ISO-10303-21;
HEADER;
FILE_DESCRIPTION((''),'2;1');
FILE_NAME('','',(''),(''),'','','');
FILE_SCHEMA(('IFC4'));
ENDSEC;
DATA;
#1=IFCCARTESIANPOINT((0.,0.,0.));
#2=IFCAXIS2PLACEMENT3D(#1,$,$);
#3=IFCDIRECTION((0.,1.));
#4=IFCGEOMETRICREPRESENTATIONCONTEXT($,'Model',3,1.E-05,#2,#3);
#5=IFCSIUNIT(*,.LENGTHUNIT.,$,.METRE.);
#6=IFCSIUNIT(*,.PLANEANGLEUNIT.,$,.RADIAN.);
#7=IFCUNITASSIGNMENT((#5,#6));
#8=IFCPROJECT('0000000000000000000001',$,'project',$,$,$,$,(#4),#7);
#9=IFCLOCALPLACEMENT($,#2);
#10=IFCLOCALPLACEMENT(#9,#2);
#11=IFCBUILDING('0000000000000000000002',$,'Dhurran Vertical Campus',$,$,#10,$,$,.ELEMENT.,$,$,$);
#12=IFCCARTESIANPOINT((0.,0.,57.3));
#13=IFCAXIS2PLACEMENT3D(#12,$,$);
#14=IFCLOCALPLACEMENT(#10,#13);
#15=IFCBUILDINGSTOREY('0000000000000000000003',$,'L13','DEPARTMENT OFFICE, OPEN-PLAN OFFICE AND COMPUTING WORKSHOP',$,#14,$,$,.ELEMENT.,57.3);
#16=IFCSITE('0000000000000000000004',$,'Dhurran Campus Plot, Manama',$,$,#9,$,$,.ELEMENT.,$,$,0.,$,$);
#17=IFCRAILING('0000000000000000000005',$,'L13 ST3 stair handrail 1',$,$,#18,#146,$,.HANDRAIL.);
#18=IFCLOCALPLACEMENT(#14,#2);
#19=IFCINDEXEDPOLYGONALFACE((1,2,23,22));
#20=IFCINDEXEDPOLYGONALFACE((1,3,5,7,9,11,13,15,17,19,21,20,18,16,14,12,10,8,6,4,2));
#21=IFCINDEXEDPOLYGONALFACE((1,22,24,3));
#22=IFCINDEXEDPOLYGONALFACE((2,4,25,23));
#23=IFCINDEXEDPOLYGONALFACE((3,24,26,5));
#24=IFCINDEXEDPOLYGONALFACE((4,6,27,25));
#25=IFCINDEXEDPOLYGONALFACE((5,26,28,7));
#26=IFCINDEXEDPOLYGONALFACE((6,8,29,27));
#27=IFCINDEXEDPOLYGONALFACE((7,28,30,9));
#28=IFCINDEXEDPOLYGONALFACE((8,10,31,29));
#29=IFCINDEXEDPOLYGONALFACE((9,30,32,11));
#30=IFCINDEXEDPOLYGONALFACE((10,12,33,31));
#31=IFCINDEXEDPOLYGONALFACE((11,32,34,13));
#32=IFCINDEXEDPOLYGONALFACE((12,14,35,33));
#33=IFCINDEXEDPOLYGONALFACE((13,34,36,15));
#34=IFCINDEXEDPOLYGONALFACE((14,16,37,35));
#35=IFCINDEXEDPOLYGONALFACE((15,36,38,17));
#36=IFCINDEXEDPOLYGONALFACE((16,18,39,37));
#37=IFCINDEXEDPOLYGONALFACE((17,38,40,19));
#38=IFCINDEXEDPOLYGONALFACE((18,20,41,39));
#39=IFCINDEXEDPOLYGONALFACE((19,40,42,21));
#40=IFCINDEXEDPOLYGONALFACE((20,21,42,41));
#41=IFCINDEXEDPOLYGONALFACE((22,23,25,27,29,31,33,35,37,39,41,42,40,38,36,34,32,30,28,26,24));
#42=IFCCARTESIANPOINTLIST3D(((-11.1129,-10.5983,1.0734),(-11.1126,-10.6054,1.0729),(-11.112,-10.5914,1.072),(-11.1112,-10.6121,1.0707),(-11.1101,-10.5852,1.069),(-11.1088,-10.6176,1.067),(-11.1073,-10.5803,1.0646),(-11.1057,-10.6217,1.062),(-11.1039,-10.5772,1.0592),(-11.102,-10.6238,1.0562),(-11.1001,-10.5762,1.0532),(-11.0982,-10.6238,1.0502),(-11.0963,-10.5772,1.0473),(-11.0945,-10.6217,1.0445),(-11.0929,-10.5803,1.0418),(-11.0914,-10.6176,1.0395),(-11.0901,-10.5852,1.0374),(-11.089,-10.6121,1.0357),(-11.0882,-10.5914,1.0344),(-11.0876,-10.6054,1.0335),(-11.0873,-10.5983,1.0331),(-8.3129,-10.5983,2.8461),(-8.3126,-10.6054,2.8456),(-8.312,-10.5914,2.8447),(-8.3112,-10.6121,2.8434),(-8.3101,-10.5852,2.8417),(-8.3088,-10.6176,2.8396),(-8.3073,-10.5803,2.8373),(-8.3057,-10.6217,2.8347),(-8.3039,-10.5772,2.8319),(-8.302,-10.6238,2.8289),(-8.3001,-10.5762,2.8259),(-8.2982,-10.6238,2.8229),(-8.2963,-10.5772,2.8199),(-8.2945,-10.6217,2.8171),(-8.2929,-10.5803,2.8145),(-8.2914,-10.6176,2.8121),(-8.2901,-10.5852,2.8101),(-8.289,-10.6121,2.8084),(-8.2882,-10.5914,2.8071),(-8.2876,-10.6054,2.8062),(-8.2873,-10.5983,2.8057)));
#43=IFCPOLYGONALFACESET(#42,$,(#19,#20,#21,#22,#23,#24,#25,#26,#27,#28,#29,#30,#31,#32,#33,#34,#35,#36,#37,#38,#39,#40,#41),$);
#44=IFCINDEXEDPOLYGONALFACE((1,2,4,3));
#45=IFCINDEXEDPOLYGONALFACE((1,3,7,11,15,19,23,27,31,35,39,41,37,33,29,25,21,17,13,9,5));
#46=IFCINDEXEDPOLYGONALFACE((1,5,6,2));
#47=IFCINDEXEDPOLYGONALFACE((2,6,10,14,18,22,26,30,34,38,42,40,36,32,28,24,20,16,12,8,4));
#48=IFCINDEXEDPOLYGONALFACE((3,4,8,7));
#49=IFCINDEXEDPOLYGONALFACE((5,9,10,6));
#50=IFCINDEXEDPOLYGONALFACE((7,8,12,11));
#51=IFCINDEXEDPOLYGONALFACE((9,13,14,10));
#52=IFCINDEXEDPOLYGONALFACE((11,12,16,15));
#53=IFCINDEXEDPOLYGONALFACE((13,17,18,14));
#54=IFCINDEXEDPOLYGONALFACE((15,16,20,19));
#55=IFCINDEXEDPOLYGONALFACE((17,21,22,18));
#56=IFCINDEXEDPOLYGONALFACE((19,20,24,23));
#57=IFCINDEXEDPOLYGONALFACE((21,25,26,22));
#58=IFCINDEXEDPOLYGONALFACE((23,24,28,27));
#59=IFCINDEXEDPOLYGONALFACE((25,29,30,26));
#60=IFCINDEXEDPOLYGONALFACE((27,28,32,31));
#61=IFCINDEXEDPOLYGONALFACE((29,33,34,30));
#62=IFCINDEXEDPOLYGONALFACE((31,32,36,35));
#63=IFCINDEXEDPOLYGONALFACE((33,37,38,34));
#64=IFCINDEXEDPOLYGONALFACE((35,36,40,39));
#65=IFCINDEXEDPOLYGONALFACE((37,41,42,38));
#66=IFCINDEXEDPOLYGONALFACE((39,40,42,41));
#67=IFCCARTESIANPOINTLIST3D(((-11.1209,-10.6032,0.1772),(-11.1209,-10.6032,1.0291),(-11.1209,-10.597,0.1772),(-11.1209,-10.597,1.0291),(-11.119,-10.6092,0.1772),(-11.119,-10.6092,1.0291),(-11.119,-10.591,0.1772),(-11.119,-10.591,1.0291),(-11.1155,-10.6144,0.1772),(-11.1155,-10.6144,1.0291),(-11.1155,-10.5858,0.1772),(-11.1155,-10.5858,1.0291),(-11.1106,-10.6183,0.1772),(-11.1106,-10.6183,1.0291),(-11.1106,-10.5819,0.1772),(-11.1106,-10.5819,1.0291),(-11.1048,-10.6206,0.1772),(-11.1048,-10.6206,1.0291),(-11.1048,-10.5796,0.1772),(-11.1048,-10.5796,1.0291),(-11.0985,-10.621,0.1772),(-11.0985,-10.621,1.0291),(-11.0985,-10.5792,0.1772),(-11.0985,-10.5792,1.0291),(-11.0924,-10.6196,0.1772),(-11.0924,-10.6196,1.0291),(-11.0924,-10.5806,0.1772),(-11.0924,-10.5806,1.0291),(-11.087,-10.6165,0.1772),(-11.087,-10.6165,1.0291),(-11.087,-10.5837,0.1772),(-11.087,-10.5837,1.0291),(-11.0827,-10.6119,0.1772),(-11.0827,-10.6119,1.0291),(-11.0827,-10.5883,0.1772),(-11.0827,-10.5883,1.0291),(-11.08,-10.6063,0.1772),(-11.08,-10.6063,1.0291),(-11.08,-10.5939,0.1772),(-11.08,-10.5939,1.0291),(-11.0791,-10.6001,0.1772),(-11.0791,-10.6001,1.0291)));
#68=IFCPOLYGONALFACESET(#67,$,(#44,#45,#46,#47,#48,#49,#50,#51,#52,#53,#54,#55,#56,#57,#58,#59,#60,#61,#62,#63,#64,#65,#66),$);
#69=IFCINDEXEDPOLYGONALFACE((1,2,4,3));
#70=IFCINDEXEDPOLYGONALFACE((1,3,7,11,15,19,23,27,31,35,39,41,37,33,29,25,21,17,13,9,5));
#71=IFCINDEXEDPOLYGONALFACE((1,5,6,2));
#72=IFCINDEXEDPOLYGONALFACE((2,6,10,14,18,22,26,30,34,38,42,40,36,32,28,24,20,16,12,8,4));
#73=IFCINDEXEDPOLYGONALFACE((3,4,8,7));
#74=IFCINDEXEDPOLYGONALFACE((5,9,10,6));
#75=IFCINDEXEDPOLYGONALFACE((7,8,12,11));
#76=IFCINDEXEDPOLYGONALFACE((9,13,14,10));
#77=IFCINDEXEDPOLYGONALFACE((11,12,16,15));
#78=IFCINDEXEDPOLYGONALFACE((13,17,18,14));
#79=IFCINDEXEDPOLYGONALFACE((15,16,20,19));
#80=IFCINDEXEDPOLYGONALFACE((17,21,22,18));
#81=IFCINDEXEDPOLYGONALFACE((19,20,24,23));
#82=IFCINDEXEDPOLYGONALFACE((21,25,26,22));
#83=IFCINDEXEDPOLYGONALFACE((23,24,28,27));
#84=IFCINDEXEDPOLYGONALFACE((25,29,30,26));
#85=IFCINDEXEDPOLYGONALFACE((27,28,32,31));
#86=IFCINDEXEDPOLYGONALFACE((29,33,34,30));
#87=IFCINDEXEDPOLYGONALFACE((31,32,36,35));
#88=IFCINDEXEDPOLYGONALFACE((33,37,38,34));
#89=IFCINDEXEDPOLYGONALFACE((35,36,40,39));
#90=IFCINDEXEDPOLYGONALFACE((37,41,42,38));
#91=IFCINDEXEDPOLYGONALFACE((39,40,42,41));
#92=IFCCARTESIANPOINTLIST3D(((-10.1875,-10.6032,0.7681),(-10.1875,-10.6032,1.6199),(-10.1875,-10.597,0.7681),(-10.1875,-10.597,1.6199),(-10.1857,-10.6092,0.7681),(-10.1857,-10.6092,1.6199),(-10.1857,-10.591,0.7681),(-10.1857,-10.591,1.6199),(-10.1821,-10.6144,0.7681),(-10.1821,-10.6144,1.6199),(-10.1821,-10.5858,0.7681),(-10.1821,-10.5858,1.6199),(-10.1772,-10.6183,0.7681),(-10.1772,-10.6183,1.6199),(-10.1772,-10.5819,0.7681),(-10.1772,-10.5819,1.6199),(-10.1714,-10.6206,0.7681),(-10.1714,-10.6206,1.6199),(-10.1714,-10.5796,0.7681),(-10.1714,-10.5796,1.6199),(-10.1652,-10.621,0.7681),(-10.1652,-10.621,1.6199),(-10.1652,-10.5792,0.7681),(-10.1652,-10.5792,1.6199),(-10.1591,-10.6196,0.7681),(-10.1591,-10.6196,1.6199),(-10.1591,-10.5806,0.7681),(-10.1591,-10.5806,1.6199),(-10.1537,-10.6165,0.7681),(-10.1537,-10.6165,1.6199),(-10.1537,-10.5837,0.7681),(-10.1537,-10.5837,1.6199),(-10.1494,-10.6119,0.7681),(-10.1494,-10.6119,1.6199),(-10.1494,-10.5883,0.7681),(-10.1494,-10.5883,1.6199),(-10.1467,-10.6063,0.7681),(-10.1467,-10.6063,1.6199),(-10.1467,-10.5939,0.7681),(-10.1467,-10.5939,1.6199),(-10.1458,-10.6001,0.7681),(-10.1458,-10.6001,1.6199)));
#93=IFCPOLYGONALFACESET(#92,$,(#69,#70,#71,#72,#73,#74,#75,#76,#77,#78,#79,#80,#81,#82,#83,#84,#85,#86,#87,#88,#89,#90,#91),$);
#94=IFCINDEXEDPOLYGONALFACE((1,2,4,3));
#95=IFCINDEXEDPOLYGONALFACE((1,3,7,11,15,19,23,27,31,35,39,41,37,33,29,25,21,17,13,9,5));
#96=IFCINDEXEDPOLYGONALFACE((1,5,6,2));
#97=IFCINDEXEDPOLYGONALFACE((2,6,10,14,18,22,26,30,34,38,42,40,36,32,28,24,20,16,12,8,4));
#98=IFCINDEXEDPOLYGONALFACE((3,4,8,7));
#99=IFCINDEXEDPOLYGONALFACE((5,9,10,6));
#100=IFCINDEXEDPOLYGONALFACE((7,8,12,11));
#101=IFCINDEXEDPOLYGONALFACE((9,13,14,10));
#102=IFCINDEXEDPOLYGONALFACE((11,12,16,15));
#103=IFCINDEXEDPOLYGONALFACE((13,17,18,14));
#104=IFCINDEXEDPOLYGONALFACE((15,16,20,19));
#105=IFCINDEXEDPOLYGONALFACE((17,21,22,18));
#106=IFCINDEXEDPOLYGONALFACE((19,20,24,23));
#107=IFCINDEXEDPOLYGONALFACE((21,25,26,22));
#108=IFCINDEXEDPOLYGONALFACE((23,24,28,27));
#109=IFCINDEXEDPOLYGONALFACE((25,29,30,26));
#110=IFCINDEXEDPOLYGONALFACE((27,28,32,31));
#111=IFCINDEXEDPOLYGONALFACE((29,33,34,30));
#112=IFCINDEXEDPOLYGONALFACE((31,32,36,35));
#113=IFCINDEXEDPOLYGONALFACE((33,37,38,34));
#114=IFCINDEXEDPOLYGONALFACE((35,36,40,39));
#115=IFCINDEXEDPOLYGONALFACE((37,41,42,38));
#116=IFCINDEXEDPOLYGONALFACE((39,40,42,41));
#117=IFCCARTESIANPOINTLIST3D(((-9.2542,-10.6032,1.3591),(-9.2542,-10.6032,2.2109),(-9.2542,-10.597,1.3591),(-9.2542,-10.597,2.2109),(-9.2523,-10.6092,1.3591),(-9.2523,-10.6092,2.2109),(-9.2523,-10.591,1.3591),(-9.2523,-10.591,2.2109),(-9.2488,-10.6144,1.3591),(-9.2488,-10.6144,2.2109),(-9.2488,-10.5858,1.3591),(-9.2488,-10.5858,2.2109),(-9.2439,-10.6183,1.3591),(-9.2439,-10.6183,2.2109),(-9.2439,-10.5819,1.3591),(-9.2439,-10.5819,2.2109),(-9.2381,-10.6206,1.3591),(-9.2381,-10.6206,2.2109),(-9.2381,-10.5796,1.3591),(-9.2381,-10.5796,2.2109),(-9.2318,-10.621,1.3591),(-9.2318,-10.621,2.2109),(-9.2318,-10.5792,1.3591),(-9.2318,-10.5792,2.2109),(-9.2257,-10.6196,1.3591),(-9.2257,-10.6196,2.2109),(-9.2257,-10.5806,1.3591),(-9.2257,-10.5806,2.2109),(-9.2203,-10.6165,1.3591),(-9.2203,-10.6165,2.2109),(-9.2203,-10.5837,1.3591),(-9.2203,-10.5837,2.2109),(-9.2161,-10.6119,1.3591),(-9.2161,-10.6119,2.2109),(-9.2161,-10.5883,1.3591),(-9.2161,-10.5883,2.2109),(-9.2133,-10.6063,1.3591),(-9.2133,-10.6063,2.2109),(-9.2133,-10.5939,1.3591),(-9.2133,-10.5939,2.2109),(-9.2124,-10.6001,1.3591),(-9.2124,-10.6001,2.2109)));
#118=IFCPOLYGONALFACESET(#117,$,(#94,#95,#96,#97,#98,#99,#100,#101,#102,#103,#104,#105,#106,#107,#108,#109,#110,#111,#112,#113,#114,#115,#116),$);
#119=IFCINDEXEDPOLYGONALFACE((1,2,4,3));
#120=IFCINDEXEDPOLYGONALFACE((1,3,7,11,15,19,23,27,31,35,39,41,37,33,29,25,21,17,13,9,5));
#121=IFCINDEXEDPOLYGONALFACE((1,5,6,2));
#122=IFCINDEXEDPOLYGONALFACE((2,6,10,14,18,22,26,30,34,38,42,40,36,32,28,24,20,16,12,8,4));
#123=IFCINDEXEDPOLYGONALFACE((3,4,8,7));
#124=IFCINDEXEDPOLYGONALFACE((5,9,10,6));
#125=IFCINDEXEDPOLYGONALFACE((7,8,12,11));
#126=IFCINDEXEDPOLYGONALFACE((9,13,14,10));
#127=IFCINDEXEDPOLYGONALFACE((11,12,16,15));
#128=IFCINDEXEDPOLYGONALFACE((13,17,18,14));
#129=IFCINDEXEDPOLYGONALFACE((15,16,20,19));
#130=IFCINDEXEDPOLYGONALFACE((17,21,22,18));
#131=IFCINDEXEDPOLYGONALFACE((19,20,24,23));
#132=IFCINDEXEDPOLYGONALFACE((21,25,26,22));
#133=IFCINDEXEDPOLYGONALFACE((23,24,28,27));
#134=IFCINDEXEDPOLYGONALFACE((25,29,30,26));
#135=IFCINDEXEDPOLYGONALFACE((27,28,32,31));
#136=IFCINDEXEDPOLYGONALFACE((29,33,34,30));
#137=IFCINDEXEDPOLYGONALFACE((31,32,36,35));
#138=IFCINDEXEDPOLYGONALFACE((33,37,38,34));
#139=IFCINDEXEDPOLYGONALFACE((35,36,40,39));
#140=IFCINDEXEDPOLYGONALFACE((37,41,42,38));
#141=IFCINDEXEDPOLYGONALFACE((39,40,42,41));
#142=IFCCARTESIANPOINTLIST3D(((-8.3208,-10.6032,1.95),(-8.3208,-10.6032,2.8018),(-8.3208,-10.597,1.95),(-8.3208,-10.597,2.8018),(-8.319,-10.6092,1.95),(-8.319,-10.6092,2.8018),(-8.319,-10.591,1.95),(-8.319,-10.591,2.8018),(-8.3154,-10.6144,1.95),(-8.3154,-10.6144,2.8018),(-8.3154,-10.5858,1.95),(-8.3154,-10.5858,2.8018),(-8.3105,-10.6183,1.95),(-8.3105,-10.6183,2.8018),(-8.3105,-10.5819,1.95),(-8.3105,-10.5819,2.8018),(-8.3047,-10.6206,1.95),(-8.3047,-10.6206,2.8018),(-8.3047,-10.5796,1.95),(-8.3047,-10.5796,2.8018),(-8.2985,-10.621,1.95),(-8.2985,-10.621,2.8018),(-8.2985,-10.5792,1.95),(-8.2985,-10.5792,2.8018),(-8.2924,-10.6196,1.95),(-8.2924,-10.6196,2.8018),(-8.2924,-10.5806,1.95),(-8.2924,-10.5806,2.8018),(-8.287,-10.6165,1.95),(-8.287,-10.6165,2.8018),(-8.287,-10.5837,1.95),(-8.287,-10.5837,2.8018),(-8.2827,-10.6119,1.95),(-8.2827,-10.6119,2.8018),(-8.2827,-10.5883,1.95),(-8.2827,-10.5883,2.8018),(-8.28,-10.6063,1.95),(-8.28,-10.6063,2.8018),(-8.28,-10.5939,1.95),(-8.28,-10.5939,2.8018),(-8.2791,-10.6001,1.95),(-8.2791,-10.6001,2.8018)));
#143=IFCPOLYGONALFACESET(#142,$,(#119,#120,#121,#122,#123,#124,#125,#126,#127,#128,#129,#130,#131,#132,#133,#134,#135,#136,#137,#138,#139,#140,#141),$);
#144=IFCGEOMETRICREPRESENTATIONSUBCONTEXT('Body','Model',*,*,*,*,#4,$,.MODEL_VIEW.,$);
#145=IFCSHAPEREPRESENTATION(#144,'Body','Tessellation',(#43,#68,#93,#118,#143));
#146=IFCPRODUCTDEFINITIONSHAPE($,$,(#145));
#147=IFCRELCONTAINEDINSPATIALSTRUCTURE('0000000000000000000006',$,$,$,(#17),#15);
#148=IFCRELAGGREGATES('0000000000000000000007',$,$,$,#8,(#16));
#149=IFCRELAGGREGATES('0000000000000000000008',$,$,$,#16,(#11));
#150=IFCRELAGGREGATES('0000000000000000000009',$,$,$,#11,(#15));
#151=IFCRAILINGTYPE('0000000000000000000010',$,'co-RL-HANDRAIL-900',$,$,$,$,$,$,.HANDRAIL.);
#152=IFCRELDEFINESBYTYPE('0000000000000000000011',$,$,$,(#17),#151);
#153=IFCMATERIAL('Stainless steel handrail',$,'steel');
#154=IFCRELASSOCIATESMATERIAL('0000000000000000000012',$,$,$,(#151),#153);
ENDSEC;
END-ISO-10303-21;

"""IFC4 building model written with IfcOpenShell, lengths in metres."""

from ifc_helpers import new_model, si_unit, direction, frame, origin, origin_2d, place, context, subcontext, project, spatial, circle, extrude, material, type_object, element, save


model = new_model("IFC4")

# Units and contexts
model_context = context("Model", 3, precision=1e-05, world=origin(), true_north=direction((0.0, 1.0)))
body_context = subcontext(model_context, "Body", "Model", "MODEL_VIEW")
ifc_project = project(units=[si_unit("LENGTHUNIT", "METRE"), si_unit("PLANEANGLEUNIT", "RADIAN")], contexts=[model_context])

# Site, building, storey
site_placement = place(None, origin())
site = spatial("IfcSite", under=ifc_project, at=site_placement, Name="Dhurran Campus Plot, Manama", CompositionType="ELEMENT", RefElevation=0.0)
building_placement = place(site_placement, origin())
building = spatial("IfcBuilding", under=site, at=building_placement, Name="Dhurran Vertical Campus", CompositionType="ELEMENT")
storey_placement = place(building_placement, frame((0.0, 0.0, 57.3)))
storey = spatial("IfcBuildingStorey", under=building, at=storey_placement, Name="L13", Description="DEPARTMENT OFFICE, OPEN-PLAN OFFICE AND COMPUTING WORKSHOP", CompositionType="ELEMENT", Elevation=57.3)

# Railing
ifc_material_1 = material(Name="Stainless steel handrail", Category="steel")
railing_type = type_object("IfcRailingType", Name="co-RL-HANDRAIL-900", PredefinedType="HANDRAIL", material=ifc_material_1)
railing_placement = place(storey_placement, frame((-11.1001, -10.6001, 0.1772)))
element("IfcRailing", 1, at=railing_placement, inside=storey, type_object=railing_type, Name="L13 ST3 stair handrail 1", PredefinedType="HANDRAIL", context=body_context, shape_type="SweptSolid", body=[
    extrude(circle(Radius=0.0239, at=origin_2d()), frame((0.0, 0.0, 0.876), z_axis=(0.844909, 0.0, 0.53491), x_axis=(0.0, 1.0, 0.0)), (0.0, 0.0, 1.0), 3.314),
    extrude(circle(Radius=0.021, at=origin_2d()), origin(), (0.0, 0.0, 1.0), 0.8518),
    extrude(circle(Radius=0.021, at=origin_2d()), frame((0.9333, 0.0, 0.5908)), (0.0, 0.0, 1.0), 0.8518),
    extrude(circle(Radius=0.021, at=origin_2d()), frame((1.8667, 0.0, 1.1819)), (0.0, 0.0, 1.0), 0.8518),
    extrude(circle(Radius=0.021, at=origin_2d()), frame((2.8, 0.0, 1.7727)), (0.0, 0.0, 1.0), 0.8518),
])

save(model, "model.ifc")
